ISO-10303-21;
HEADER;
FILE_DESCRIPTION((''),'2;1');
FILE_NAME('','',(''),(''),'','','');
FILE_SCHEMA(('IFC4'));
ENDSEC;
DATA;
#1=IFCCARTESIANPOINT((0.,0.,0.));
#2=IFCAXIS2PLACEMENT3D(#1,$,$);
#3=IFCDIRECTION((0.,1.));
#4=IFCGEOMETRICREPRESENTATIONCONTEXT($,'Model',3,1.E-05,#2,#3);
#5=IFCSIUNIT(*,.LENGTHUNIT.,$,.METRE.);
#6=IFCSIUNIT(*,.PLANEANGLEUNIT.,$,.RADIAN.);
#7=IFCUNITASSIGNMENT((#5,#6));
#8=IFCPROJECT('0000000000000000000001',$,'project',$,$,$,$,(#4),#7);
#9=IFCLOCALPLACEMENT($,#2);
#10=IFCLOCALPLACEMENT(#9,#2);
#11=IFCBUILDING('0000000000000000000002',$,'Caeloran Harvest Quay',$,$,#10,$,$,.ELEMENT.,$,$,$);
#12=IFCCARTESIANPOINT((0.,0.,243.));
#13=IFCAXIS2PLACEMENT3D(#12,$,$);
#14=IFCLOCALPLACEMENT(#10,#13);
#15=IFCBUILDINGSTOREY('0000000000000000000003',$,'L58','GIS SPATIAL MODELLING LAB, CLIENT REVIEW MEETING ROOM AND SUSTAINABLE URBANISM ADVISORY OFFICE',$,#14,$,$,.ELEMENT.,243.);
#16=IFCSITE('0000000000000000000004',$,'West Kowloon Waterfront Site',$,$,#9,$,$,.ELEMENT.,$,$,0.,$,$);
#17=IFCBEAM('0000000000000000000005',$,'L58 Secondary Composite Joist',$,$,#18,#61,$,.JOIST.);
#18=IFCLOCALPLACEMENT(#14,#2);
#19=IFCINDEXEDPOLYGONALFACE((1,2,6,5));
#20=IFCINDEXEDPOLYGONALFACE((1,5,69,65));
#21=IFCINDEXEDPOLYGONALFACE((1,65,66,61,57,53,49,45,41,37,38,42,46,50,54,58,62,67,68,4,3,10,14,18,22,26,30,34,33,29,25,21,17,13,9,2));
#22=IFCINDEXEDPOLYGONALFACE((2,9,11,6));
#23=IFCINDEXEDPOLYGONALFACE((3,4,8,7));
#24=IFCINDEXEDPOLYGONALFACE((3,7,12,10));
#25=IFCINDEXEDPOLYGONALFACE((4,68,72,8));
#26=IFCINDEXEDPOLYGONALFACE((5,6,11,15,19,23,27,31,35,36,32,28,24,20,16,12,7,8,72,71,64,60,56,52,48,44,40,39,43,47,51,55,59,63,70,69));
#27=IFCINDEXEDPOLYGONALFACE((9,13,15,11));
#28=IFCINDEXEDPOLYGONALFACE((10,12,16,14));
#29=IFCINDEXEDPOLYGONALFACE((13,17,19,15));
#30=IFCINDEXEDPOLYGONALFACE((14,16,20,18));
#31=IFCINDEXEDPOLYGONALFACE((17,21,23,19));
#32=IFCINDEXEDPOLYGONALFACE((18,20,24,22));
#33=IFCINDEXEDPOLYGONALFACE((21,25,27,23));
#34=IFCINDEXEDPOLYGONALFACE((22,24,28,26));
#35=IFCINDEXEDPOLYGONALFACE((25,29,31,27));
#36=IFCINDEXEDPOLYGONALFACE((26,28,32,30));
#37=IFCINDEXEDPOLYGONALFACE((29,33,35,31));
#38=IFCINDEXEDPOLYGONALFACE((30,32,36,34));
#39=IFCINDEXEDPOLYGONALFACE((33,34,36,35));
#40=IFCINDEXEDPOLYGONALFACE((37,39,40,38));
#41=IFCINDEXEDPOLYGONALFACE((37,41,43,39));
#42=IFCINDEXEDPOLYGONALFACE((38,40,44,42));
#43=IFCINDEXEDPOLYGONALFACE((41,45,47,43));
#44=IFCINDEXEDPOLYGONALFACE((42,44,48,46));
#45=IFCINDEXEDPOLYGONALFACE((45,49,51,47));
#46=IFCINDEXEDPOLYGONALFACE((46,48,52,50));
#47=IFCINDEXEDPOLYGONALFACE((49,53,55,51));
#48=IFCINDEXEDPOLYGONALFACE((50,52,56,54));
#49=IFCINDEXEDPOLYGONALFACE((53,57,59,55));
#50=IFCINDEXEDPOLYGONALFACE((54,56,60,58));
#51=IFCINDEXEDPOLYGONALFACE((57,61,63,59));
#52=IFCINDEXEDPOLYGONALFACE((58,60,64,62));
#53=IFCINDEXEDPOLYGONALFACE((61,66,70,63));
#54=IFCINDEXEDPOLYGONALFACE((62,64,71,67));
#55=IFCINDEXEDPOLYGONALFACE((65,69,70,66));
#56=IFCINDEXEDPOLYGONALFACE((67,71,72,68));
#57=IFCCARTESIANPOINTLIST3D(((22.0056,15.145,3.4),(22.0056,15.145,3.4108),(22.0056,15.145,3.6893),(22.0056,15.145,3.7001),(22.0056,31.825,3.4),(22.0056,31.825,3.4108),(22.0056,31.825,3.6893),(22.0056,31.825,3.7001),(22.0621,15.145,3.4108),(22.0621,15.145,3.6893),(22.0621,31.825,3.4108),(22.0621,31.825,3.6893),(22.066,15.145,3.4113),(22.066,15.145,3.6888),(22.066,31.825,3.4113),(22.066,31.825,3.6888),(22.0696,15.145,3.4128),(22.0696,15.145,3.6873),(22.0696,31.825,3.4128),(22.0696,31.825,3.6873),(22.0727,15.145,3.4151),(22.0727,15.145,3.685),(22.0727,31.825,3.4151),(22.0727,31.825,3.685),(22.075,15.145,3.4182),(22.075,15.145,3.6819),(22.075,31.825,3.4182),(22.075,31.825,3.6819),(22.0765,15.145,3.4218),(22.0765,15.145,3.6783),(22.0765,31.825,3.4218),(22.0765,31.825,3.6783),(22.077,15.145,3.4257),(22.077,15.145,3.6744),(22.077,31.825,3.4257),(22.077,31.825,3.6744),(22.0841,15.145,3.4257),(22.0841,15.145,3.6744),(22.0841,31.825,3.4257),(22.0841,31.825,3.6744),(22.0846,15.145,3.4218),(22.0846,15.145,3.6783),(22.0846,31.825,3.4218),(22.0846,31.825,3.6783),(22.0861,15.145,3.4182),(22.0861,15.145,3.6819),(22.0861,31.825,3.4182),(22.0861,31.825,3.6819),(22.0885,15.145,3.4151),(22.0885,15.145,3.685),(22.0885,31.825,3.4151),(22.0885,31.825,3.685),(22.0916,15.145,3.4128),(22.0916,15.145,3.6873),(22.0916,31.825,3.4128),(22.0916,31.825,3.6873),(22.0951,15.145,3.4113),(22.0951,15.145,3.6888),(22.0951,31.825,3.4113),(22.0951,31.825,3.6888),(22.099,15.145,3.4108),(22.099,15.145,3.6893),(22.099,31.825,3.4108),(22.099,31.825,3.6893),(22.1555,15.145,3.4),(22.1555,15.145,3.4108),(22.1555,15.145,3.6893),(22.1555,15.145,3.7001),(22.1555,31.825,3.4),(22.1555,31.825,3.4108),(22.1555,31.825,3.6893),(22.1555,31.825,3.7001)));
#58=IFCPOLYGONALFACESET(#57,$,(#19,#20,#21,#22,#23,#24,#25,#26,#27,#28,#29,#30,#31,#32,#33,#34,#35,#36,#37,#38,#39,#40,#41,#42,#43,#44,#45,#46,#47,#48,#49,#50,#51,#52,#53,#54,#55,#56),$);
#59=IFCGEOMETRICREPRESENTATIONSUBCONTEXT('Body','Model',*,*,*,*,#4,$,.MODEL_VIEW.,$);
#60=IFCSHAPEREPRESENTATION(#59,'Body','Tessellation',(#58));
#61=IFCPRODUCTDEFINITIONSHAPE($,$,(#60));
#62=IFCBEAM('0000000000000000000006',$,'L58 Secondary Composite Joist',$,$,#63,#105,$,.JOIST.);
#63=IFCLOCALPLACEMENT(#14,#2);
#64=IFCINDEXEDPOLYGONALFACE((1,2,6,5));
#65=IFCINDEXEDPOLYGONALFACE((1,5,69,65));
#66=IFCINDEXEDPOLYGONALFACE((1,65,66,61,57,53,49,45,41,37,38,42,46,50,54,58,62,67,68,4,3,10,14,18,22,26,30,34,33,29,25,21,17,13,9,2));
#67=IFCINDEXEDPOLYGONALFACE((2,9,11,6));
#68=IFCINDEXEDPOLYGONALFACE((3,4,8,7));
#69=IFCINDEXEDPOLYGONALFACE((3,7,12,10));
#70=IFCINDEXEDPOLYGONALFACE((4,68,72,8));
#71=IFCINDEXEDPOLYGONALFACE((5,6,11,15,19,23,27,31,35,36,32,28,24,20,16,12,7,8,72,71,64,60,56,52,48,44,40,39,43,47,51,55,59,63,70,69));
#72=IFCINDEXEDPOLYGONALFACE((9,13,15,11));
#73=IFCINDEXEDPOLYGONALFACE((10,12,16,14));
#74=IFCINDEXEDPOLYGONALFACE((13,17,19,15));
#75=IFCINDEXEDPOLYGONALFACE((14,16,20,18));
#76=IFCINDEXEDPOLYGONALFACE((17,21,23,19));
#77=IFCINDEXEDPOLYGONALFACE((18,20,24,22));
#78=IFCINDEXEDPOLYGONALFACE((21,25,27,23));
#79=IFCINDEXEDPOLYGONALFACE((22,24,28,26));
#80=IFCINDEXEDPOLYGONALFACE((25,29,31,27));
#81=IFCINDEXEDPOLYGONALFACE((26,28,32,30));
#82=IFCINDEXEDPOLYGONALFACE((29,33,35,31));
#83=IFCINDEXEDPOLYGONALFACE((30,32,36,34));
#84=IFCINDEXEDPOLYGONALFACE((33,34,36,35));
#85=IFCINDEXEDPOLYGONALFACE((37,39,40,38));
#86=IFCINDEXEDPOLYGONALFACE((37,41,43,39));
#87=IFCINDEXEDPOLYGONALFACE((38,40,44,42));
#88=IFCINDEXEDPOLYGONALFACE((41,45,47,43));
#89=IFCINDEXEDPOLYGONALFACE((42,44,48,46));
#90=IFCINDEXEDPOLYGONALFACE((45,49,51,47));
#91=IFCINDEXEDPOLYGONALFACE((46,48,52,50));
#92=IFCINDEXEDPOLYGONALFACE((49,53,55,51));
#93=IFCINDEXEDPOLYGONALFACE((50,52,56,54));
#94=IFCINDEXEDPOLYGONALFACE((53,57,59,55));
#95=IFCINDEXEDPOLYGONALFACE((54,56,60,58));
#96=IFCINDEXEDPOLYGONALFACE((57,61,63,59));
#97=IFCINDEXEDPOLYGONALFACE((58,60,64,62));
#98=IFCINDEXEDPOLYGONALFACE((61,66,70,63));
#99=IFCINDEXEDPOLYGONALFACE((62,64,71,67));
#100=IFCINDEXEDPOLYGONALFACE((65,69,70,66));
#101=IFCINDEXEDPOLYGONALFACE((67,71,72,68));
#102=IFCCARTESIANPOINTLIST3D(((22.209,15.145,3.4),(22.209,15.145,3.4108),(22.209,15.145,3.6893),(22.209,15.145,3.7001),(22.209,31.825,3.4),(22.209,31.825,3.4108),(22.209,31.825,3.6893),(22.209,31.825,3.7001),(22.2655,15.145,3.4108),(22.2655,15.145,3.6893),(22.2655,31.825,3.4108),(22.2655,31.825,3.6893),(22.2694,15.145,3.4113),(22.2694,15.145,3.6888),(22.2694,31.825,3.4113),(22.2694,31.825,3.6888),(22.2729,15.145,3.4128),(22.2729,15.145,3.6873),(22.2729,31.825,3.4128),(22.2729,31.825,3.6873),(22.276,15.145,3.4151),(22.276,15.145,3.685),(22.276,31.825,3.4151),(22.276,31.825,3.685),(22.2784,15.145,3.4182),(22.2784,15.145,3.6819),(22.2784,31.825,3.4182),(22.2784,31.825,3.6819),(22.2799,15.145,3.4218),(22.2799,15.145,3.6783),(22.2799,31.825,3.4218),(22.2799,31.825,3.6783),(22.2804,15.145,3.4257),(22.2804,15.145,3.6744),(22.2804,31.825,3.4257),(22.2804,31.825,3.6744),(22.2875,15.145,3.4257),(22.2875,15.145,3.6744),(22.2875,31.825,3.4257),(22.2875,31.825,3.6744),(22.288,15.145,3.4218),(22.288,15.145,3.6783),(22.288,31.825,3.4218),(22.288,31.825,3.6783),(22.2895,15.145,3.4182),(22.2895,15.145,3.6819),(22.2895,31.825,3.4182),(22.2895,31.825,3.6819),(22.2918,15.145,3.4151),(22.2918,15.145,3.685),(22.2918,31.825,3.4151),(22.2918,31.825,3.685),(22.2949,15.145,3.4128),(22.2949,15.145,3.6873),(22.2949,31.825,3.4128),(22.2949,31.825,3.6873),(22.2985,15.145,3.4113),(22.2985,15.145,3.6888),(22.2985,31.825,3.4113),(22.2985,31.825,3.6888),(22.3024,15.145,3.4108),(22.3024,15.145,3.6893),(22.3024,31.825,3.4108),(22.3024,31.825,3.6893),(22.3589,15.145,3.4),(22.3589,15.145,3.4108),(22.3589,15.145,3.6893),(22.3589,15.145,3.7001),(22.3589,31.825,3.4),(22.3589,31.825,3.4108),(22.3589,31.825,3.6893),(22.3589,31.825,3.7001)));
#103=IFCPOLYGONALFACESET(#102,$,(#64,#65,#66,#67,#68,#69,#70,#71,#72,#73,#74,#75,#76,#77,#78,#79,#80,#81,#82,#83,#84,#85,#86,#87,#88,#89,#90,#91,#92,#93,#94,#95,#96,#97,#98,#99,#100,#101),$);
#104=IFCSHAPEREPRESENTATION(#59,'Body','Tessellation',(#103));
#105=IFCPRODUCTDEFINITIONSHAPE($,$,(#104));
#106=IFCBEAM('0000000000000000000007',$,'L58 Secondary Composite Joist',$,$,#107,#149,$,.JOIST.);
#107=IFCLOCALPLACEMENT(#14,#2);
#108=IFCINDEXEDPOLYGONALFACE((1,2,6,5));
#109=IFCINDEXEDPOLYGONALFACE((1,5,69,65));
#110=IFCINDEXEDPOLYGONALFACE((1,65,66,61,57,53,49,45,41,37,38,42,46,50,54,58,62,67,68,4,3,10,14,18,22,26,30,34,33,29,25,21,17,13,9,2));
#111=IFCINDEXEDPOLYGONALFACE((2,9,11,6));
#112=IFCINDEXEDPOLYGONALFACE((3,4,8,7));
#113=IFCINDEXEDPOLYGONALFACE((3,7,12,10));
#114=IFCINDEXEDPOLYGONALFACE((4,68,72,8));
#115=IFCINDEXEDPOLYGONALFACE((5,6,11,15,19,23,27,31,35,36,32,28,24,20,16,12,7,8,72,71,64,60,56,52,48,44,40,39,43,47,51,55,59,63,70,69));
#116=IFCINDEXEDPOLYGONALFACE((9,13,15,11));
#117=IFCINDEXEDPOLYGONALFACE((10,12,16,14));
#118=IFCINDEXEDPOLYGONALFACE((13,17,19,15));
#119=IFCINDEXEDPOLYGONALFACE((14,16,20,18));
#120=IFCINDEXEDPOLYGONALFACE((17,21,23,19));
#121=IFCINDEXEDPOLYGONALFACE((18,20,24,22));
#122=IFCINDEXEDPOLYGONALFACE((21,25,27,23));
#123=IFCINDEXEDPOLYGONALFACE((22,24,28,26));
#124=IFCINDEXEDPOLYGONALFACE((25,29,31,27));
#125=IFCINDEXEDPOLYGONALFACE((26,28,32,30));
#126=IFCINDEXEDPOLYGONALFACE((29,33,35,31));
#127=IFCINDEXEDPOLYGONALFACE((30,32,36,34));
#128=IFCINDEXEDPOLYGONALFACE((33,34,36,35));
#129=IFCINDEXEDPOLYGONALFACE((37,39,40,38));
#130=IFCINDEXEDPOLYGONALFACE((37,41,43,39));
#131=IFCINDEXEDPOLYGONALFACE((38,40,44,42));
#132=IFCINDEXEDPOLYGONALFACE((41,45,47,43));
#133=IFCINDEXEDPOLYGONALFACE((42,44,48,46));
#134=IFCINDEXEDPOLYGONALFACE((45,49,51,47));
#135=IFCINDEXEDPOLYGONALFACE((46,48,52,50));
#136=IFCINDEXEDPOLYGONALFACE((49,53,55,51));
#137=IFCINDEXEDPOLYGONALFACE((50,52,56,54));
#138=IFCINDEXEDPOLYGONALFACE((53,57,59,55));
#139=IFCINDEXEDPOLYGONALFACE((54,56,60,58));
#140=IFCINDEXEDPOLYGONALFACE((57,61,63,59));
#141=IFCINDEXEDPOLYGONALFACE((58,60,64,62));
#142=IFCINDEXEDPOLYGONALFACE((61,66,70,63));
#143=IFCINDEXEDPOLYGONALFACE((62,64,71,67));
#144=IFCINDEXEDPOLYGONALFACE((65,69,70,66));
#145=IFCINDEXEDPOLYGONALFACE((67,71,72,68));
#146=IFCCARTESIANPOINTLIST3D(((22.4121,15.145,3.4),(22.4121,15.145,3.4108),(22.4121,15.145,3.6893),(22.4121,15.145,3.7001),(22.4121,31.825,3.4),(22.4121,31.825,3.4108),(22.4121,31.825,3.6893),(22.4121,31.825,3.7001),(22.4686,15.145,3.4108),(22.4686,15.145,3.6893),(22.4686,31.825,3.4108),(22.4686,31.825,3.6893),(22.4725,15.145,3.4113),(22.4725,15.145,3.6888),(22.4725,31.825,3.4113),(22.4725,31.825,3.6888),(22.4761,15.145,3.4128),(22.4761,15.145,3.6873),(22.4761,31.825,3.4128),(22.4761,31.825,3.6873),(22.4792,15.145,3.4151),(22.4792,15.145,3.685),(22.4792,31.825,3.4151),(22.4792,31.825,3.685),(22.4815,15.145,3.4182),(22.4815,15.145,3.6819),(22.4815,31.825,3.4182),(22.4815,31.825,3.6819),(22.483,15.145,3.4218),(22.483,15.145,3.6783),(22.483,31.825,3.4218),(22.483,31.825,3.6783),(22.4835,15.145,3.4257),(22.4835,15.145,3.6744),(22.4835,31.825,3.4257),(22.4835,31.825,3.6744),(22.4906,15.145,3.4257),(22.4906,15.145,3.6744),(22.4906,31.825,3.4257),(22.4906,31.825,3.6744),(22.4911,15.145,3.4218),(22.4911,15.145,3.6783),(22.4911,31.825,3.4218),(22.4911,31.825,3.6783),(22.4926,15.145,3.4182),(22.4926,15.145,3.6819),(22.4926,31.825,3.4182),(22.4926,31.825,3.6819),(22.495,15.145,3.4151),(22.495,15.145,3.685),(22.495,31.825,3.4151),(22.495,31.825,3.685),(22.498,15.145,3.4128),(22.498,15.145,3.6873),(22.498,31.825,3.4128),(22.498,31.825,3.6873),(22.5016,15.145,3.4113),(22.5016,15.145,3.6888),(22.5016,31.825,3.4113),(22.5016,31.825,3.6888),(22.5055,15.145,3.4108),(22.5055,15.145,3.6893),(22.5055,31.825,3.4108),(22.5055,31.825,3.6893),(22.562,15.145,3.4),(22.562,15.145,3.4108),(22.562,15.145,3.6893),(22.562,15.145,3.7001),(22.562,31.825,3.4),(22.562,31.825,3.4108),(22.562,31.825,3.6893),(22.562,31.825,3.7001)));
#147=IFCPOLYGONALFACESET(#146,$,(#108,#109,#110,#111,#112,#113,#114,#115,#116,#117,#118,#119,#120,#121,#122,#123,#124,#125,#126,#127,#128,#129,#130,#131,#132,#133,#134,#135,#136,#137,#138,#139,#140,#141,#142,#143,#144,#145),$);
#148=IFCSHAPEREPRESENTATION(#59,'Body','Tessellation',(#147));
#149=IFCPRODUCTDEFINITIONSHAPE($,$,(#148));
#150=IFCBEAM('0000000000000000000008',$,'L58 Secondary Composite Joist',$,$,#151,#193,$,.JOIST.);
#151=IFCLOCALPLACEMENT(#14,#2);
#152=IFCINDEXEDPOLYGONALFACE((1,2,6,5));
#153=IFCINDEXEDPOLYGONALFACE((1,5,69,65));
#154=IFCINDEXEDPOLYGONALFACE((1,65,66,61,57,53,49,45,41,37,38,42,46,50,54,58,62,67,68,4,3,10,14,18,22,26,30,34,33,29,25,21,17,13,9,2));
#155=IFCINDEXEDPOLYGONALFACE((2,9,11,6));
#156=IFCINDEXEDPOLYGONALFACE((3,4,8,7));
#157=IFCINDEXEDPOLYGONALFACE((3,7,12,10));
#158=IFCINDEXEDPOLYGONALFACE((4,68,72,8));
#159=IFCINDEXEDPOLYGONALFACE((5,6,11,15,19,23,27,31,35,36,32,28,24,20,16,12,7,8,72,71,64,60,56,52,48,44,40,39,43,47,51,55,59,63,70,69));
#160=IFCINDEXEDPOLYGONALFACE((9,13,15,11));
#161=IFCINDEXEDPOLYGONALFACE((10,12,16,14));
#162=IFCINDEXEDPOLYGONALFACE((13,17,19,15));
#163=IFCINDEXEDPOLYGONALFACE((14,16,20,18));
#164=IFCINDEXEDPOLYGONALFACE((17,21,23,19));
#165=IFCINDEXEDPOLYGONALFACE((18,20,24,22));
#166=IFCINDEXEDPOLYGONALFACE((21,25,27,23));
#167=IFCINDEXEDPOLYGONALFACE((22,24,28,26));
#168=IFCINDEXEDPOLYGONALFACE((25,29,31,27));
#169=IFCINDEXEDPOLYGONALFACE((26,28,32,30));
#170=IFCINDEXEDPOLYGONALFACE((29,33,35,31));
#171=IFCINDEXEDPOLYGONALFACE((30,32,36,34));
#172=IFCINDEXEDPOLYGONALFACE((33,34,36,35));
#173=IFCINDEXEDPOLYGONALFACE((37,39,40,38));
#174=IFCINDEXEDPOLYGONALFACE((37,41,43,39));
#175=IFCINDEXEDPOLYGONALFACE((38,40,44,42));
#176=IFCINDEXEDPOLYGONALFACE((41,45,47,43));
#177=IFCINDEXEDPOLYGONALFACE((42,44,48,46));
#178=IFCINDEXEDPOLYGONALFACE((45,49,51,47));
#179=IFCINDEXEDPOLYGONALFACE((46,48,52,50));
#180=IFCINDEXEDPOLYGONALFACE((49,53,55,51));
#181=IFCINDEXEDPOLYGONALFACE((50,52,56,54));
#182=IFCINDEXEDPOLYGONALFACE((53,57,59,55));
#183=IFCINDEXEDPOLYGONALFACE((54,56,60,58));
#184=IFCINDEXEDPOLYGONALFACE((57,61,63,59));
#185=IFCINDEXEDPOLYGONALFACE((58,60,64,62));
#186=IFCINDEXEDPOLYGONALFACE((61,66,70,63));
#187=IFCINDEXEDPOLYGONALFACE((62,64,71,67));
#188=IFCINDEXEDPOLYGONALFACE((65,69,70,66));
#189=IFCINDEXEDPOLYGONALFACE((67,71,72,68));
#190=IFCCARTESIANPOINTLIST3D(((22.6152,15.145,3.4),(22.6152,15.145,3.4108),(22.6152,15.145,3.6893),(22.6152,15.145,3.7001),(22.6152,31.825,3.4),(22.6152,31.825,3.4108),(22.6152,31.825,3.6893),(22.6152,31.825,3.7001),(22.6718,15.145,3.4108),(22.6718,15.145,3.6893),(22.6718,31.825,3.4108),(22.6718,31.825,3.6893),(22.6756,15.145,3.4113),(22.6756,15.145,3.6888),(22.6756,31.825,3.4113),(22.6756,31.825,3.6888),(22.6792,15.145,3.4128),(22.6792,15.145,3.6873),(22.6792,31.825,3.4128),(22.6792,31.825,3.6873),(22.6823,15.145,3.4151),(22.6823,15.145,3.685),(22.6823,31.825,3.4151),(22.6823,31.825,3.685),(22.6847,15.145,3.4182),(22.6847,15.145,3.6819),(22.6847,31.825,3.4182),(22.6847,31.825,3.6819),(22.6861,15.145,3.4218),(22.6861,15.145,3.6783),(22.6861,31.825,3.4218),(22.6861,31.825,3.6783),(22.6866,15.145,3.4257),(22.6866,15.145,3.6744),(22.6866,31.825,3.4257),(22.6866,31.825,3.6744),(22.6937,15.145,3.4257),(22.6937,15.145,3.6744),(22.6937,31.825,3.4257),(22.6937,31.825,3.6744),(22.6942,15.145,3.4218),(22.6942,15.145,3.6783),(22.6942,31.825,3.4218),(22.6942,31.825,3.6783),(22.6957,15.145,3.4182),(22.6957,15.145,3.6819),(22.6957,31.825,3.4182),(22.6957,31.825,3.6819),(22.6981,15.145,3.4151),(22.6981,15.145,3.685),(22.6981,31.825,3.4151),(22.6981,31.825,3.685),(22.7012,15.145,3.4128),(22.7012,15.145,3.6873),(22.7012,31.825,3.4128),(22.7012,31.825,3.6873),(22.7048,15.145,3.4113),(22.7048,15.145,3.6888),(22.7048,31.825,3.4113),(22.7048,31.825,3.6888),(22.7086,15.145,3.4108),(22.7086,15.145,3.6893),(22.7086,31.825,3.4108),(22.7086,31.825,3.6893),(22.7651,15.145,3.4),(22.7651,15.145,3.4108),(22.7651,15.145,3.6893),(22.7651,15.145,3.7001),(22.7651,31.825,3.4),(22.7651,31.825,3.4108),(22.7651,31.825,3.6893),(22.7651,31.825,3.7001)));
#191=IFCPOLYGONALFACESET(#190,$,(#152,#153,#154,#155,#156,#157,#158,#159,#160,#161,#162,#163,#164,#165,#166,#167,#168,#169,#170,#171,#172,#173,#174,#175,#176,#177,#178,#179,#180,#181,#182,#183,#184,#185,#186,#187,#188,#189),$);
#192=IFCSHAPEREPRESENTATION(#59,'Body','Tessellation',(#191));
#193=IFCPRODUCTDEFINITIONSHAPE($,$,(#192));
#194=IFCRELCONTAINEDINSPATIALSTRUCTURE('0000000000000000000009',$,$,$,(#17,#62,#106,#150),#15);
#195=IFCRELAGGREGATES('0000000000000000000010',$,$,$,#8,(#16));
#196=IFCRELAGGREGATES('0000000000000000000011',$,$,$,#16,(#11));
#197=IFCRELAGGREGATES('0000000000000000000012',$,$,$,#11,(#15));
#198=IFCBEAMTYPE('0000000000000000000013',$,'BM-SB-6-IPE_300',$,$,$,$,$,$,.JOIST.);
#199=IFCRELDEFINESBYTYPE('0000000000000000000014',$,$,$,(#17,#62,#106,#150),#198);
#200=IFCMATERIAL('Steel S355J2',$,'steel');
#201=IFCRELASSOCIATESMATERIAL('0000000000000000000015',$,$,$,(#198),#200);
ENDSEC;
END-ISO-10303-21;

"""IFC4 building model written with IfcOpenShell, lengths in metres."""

from ifc_helpers import new_model, si_unit, direction, frame, origin, origin_2d, place, context, subcontext, project, spatial, i_section, extrude, material, material_profile, profile_set, type_object, element, save


model = new_model("IFC4")

# Units and contexts
model_context = context("Model", 3, precision=1e-05, world=origin(), true_north=direction((0.0, 1.0)))
body_context = subcontext(model_context, "Body", "Model", "MODEL_VIEW")
ifc_project = project(units=[si_unit("LENGTHUNIT", "METRE"), si_unit("PLANEANGLEUNIT", "RADIAN")], contexts=[model_context])

# Site, building, storey
site_placement = place(None, origin())
site = spatial("IfcSite", under=ifc_project, at=site_placement, Name="West Kowloon Waterfront Site", CompositionType="ELEMENT", RefElevation=0.0)
building_placement = place(site_placement, origin())
building = spatial("IfcBuilding", under=site, at=building_placement, Name="Caeloran Harvest Quay", CompositionType="ELEMENT")
storey_placement = place(building_placement, frame((0.0, 0.0, 243.0)))
storey = spatial("IfcBuildingStorey", under=building, at=storey_placement, Name="L58", Description="GIS SPATIAL MODELLING LAB, CLIENT REVIEW MEETING ROOM AND SUSTAINABLE URBANISM ADVISORY OFFICE", CompositionType="ELEMENT", Elevation=243.0)

# Beams
ifc_material_1 = material(Name="Steel S355J2", Category="steel")
ifc_material_profile_1 = material_profile(ifc_material_1, i_section(OverallWidth=0.1499, OverallDepth=0.3, WebThickness=0.0071, FlangeThickness=0.0107, FilletRadius=0.0149, at=origin_2d()), Name="IPE 300")
ifc_profile_set_1 = profile_set([ifc_material_profile_1], Name="Steel S355J2")
beam_type_1 = type_object("IfcBeamType", Name="BM-SB-6-IPE_300", PredefinedType="JOIST", material=ifc_profile_set_1)
for number, where, z_axis, x_axis, name in (
    (1, (22.0806, 15.145, 3.55), (0.0, 1.0, 0.0), (-1.0, 0.0, 0.0), "L58 Secondary Composite Joist"),
    (2, (22.2839, 15.145, 3.55), (0.0, 1.0, 0.0), (-1.0, 0.0, 0.0), "L58 Secondary Composite Joist"),
    (3, (22.4871, 15.145, 3.55), (0.0, 1.0, 0.0), (-1.0, 0.0, 0.0), "L58 Secondary Composite Joist"),
    (4, (22.6902, 15.145, 3.55), (0.0, 1.0, 0.0), (-1.0, 0.0, 0.0), "L58 Secondary Composite Joist"),
):
    element("IfcBeam", number, at=place(storey_placement, frame(where, z_axis=z_axis, x_axis=x_axis)), inside=storey, type_object=beam_type_1, Name=name, PredefinedType="JOIST", context=body_context, shape_type="SweptSolid", body=[
        extrude(i_section(OverallWidth=0.1499, OverallDepth=0.3, WebThickness=0.0071, FlangeThickness=0.0107, FilletRadius=0.0149, at=origin_2d()), origin(), (0.0, 0.0, 1.0), 16.6799),
    ])

save(model, "model.ifc")
